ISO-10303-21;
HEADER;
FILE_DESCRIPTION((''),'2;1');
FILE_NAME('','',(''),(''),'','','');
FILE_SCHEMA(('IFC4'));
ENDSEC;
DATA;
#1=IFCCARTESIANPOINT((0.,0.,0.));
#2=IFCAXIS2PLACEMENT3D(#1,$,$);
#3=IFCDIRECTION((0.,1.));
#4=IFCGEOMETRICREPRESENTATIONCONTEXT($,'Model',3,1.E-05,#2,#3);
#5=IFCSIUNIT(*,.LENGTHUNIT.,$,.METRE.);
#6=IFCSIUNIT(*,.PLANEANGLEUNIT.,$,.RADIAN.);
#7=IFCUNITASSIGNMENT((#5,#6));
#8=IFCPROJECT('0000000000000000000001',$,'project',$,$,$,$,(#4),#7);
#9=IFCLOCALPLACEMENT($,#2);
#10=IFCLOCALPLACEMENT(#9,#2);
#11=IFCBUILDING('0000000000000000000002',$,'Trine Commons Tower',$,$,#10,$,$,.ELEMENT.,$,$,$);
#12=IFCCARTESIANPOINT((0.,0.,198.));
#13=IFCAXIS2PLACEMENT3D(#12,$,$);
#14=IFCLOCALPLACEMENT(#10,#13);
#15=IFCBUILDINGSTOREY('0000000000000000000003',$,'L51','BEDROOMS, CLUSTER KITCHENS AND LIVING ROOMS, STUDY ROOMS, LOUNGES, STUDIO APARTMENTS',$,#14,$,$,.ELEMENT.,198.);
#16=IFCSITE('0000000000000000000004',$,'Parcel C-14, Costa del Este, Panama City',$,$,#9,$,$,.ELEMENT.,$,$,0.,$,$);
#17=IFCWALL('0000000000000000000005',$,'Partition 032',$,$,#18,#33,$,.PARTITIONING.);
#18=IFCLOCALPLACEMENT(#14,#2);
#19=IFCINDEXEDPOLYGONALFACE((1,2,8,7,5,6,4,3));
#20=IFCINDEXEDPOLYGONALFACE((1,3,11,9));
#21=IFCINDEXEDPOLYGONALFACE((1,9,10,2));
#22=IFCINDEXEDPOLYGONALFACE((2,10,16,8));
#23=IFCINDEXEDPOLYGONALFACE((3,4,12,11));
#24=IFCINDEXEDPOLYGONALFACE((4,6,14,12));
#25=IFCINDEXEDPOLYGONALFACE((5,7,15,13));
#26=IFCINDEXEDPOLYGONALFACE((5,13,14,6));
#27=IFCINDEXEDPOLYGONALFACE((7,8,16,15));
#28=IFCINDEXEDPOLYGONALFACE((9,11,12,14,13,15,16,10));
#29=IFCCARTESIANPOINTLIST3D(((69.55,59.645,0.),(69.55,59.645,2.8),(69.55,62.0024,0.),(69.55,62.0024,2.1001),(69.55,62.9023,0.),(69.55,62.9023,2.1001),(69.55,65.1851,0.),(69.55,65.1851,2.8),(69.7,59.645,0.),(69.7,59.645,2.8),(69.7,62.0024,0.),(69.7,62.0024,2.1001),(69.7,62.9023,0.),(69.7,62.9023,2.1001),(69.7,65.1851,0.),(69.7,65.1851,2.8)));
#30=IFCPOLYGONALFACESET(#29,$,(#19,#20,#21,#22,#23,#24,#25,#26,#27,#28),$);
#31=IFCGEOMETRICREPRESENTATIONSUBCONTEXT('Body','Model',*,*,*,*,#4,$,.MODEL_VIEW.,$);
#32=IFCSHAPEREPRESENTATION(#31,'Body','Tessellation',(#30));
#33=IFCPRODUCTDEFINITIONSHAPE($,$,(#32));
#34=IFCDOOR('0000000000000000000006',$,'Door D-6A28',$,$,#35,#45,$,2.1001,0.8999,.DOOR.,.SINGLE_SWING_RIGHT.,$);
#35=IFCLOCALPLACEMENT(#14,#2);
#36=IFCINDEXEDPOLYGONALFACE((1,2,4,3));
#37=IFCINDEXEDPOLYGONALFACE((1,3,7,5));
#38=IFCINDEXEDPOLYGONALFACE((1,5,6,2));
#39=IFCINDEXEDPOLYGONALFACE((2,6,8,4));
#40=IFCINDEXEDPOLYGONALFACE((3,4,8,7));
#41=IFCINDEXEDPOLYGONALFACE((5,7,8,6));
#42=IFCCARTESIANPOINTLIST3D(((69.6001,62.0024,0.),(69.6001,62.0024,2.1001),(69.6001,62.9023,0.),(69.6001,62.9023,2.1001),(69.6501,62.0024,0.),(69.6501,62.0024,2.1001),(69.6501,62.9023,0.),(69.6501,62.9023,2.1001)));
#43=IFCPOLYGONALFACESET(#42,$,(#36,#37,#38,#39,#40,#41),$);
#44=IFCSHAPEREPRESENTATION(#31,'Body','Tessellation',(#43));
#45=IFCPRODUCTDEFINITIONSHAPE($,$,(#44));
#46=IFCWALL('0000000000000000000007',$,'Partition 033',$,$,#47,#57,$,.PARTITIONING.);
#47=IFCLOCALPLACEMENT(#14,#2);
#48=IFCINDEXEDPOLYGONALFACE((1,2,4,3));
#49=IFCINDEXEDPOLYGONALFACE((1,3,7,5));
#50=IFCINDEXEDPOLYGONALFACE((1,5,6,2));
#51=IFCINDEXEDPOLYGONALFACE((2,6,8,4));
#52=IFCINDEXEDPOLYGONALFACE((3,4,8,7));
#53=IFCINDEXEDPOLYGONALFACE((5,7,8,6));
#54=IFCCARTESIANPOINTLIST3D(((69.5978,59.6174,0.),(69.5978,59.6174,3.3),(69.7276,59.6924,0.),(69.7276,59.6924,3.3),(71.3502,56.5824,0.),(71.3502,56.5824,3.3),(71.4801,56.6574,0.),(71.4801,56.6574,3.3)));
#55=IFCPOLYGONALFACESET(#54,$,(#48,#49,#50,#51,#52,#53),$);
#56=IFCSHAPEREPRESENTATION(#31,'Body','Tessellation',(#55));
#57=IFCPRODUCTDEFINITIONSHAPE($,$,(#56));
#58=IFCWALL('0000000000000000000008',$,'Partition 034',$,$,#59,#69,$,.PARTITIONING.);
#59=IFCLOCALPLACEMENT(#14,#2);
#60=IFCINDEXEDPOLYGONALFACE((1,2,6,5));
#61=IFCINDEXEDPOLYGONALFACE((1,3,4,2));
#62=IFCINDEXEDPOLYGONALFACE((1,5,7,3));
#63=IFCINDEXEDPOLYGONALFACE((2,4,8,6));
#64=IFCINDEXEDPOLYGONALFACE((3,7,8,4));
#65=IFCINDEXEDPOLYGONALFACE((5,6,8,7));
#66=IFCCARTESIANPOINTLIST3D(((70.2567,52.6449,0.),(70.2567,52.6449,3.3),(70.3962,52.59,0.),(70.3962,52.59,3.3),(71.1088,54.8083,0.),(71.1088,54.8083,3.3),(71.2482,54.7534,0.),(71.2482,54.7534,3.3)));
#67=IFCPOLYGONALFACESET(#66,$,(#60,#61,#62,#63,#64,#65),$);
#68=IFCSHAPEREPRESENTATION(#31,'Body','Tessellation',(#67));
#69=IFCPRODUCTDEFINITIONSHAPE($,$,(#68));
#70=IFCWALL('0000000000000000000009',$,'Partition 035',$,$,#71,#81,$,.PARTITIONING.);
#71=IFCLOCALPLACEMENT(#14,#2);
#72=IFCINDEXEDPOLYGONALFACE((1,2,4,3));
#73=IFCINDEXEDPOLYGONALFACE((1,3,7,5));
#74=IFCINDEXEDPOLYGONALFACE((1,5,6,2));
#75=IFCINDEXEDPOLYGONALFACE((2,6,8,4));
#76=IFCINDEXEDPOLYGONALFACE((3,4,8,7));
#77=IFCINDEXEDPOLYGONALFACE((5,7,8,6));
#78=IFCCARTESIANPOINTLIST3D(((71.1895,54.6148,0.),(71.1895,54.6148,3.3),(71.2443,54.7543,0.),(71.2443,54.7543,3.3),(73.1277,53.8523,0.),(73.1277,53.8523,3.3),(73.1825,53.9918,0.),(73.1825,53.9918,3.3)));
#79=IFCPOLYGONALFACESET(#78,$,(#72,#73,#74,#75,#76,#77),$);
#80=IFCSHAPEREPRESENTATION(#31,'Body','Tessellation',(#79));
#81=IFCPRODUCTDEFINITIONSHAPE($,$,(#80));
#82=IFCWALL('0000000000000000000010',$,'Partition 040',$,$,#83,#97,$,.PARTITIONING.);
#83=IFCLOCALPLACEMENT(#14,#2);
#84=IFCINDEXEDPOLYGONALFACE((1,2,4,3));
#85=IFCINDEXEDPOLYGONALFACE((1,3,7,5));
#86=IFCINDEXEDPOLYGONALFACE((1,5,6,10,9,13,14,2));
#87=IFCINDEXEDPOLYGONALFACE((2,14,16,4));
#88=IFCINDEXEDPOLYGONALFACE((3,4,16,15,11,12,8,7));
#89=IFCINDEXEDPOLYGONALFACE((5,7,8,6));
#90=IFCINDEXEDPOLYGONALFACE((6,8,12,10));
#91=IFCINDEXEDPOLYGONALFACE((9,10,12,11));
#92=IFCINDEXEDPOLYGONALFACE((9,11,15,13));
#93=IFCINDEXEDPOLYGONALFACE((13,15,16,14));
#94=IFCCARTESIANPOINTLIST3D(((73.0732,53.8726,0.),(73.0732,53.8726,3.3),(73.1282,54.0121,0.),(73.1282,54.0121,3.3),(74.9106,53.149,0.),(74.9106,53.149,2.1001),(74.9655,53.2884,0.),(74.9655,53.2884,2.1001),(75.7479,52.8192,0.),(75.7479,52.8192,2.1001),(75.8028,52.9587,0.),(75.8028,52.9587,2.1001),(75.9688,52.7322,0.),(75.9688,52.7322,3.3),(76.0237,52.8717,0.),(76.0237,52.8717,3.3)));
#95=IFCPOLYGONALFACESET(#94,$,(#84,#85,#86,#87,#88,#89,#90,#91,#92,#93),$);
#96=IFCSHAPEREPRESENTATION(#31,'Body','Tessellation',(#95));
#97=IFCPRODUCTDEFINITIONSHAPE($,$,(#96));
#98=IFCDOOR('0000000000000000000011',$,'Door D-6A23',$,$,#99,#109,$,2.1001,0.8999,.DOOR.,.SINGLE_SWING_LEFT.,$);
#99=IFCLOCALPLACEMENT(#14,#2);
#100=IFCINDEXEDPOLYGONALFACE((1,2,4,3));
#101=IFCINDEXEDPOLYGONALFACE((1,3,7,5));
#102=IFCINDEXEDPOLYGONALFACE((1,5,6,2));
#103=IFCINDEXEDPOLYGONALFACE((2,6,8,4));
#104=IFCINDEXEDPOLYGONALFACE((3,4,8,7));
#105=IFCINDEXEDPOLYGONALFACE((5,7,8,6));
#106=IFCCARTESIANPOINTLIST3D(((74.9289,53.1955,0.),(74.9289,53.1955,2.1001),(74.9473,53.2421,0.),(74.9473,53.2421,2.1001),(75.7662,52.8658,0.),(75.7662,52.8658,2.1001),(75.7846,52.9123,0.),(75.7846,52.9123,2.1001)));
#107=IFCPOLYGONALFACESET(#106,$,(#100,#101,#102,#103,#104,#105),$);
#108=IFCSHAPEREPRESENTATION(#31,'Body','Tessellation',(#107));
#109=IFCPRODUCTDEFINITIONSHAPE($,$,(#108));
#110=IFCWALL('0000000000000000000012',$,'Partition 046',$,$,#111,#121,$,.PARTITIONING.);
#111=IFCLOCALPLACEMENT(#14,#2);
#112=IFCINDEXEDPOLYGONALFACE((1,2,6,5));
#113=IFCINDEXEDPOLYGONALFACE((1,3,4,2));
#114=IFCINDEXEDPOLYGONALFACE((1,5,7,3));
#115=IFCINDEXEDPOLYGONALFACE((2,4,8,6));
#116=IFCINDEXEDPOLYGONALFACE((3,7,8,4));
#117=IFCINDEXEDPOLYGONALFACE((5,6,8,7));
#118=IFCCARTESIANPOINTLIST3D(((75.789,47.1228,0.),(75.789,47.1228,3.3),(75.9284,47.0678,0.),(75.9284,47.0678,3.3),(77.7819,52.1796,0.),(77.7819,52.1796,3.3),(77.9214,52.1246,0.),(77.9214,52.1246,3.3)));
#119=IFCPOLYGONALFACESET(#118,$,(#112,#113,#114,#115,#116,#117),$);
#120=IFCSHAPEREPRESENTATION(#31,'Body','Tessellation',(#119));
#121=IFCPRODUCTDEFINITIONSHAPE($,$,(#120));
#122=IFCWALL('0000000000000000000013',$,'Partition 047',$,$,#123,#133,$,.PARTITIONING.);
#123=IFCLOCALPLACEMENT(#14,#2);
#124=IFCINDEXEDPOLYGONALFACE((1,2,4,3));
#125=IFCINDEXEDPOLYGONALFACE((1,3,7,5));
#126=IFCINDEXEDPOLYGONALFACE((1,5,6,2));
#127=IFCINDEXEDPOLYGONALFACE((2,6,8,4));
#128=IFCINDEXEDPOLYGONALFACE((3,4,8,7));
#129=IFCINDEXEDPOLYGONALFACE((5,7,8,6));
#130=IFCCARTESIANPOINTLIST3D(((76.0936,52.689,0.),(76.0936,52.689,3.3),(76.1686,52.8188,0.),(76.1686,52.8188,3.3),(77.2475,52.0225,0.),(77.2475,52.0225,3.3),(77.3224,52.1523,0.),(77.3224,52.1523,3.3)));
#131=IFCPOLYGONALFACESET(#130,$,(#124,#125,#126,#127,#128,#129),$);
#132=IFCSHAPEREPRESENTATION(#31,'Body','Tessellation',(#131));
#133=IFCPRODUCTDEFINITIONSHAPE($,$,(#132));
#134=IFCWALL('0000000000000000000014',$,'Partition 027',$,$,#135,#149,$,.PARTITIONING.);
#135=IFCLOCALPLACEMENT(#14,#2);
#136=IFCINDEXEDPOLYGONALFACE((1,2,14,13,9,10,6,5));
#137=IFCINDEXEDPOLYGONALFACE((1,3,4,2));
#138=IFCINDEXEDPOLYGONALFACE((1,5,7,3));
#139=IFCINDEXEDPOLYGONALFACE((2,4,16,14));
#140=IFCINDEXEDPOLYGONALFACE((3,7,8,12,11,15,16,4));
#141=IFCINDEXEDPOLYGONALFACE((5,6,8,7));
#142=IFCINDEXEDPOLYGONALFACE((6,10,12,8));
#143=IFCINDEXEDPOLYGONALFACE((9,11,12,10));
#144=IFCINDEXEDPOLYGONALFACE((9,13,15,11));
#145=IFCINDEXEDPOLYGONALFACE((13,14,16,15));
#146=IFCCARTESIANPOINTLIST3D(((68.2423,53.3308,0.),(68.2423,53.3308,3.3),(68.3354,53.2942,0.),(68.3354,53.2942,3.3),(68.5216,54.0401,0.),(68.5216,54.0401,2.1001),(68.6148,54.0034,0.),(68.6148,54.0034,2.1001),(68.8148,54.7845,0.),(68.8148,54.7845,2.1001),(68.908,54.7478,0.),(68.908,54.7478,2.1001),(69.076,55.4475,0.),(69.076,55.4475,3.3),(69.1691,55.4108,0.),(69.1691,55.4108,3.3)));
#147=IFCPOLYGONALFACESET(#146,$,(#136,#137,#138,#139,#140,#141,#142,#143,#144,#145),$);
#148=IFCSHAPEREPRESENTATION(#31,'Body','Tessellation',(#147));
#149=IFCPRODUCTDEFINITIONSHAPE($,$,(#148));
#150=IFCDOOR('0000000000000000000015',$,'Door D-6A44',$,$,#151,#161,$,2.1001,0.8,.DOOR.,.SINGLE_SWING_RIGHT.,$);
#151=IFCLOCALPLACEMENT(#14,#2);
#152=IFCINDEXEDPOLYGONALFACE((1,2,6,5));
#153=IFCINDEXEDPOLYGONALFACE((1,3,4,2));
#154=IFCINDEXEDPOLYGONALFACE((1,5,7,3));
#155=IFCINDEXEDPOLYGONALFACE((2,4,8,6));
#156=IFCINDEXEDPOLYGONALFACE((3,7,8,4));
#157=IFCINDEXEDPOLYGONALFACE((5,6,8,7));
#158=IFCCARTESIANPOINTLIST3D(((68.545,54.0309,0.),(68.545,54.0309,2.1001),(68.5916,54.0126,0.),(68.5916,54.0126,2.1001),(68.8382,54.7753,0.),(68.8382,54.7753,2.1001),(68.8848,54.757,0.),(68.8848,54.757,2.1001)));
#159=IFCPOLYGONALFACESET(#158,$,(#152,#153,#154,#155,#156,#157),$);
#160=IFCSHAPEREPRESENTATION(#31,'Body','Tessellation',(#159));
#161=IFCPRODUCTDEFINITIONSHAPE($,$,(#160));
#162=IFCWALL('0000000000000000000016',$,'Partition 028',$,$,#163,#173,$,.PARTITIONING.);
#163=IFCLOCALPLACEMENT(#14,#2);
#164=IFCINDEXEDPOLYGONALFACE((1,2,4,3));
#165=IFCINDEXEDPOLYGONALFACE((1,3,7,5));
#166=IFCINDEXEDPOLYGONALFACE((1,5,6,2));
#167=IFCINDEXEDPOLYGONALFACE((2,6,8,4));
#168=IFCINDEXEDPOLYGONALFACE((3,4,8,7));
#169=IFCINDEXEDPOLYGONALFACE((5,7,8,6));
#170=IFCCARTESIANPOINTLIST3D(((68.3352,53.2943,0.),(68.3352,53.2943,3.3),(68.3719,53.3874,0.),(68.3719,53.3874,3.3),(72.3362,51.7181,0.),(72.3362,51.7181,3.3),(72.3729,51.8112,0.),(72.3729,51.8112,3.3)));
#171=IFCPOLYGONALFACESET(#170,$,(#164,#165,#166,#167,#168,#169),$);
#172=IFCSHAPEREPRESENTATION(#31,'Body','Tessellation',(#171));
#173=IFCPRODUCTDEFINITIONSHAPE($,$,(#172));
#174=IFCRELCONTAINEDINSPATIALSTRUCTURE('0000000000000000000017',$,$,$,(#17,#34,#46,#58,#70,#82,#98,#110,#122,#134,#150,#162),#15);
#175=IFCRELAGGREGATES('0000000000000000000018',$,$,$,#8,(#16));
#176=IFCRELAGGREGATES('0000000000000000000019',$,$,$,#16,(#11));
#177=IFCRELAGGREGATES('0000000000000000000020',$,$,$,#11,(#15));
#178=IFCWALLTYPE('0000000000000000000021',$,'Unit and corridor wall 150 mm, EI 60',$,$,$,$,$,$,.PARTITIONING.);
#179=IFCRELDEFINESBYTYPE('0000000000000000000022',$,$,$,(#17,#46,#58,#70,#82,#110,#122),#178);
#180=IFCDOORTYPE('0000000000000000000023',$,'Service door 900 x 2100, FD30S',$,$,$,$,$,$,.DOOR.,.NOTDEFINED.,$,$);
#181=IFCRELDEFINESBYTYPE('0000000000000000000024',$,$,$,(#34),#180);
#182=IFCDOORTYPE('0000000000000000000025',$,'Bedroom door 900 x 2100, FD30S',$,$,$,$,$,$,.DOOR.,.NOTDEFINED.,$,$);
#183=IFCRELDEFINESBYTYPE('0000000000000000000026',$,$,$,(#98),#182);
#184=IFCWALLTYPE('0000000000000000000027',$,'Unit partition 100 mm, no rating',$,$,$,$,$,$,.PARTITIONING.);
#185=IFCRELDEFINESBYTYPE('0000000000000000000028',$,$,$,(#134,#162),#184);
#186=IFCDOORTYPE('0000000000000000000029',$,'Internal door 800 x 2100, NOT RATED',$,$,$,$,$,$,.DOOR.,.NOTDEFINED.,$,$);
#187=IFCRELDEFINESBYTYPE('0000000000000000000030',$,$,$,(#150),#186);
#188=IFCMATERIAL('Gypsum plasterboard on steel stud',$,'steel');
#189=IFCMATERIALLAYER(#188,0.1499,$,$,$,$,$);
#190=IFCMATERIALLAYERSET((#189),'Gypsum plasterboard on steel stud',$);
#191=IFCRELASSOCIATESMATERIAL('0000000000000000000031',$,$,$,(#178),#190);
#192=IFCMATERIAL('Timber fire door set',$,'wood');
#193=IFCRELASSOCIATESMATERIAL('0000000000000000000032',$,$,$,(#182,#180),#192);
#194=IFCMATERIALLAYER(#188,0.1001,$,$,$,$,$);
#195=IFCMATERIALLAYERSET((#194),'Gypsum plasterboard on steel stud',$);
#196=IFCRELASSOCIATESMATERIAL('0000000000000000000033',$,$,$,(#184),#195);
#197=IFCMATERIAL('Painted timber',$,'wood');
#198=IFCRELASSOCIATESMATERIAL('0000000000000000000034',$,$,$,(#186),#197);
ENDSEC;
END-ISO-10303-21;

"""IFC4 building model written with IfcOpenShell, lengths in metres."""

from ifc_helpers import new_model, si_unit, direction, frame, frame_2d, origin, place, context, subcontext, project, spatial, rectangle, extrude, material, layer, layer_set, type_object, element, fill, save


model = new_model("IFC4")

# Units and contexts
model_context = context("Model", 3, precision=1e-05, world=origin(), true_north=direction((0.0, 1.0)))
body_context = subcontext(model_context, "Body", "Model", "MODEL_VIEW")
ifc_project = project(units=[si_unit("LENGTHUNIT", "METRE"), si_unit("PLANEANGLEUNIT", "RADIAN")], contexts=[model_context])

# Site, building, storey
site_placement = place(None, origin())
site = spatial("IfcSite", under=ifc_project, at=site_placement, Name="Parcel C-14, Costa del Este, Panama City", CompositionType="ELEMENT", RefElevation=0.0)
building_placement = place(site_placement, origin())
building = spatial("IfcBuilding", under=site, at=building_placement, Name="Trine Commons Tower", CompositionType="ELEMENT")
storey_placement = place(building_placement, frame((0.0, 0.0, 198.0)))
storey = spatial("IfcBuildingStorey", under=building, at=storey_placement, Name="L51", Description="BEDROOMS, CLUSTER KITCHENS AND LIVING ROOMS, STUDY ROOMS, LOUNGES, STUDIO APARTMENTS", CompositionType="ELEMENT", Elevation=198.0)

# Shared definitions
ifc_material_1 = material(Name="Gypsum plasterboard on steel stud", Category="steel")
ifc_layer_1 = layer(ifc_material_1, 0.1499)
ifc_layer_set_1 = layer_set([ifc_layer_1], Name="Gypsum plasterboard on steel stud")
wall_type_1 = type_object("IfcWallType", Name="Unit and corridor wall 150 mm, EI 60", PredefinedType="PARTITIONING", material=ifc_layer_set_1)

# Shared definitions
ifc_material_2 = material(Name="Timber fire door set", Category="wood")
door_type_1 = type_object("IfcDoorType", Name="Bedroom door 900 x 2100, FD30S", OperationType="NOTDEFINED", PredefinedType="DOOR", material=ifc_material_2)

# Wall, opening, door
wall_1_placement = place(storey_placement, frame((69.625, 59.645, 0.0), z_axis=(0.0, 0.0, 1.0), x_axis=(0.0, 1.0, 0.0)))
wall_1 = element("IfcWall", 1, at=wall_1_placement, inside=storey, type_object=wall_type_1, Name="Partition 032", PredefinedType="PARTITIONING", context=body_context, shape_type="SweptSolid", body=[
    extrude(rectangle(XDim=5.54, YDim=0.1499, at=frame_2d((2.77, 0.0))), origin(), (0.0, 0.0, 1.0), 2.8),
])
opening_1_placement = place(wall_1_placement, frame((2.3574, 0.0, 0.0)))
opening_1 = element("IfcOpeningElement", 2, at=opening_1_placement, cuts=wall_1, PredefinedType="OPENING", context=body_context, shape_type="SweptSolid", body=[
    extrude(rectangle(XDim=0.8999, YDim=2.1001, at=frame_2d((0.45, 1.05))), frame((0.0, 0.085, 0.0), z_axis=(0.0, -1.0, 0.0), x_axis=(1.0, 0.0, 0.0)), (0.0, 0.0, 1.0), 0.1699),
])
door_type_2 = type_object("IfcDoorType", Name="Service door 900 x 2100, FD30S", OperationType="NOTDEFINED", PredefinedType="DOOR", material=ifc_material_2)
door_1_placement = place(opening_1_placement, origin())
door_1 = element("IfcDoor", 3, at=door_1_placement, inside=storey, type_object=door_type_2, Name="Door D-6A28", OperationType="SINGLE_SWING_RIGHT", OverallHeight=2.1001, OverallWidth=0.8999, PredefinedType="DOOR", context=body_context, shape_type="SweptSolid", body=[
    extrude(rectangle(XDim=0.8999, YDim=2.1001, at=frame_2d((0.45, 1.05))), frame((0.0, 0.0249, 0.0), z_axis=(0.0, -1.0, 0.0), x_axis=(1.0, 0.0, 0.0)), (0.0, 0.0, 1.0), 0.05),
])
fill(opening_1, door_1)

# Walls
wall_2_placement = place(storey_placement, frame((69.6626, 59.655, 0.0), z_axis=(0.0, 0.0, 1.0), x_axis=(0.50005, -0.865996, 0.0)))
element("IfcWall", 4, at=wall_2_placement, inside=storey, type_object=wall_type_1, Name="Partition 033", PredefinedType="PARTITIONING", context=body_context, shape_type="SweptSolid", body=[
    extrude(rectangle(XDim=3.5046, YDim=0.1499, at=frame_2d((1.7524, 0.0))), origin(), (0.0, 0.0, 1.0), 3.3),
])
wall_3_placement = place(storey_placement, frame((70.3264, 52.6174, 0.0), z_axis=(0.0, 0.0, 1.0), x_axis=(0.366461, 0.930433, 0.0)))
element("IfcWall", 5, at=wall_3_placement, inside=storey, type_object=wall_type_1, Name="Partition 034", PredefinedType="PARTITIONING", context=body_context, shape_type="SweptSolid", body=[
    extrude(rectangle(XDim=2.3252, YDim=0.1499, at=frame_2d((1.1626, 0.0))), origin(), (0.0, 0.0, 1.0), 3.3),
])
wall_4_placement = place(storey_placement, frame((71.2168, 54.6846, 0.0), z_axis=(0.0, 0.0, 1.0), x_axis=(0.930588, -0.366069, 0.0)))
element("IfcWall", 6, at=wall_4_placement, inside=storey, type_object=wall_type_1, Name="Partition 035", PredefinedType="PARTITIONING", context=body_context, shape_type="SweptSolid", body=[
    extrude(rectangle(XDim=2.0828, YDim=0.1499, at=frame_2d((1.0415, 0.0))), origin(), (0.0, 0.0, 1.0), 3.3),
])

# Wall, opening, door
wall_5_placement = place(storey_placement, frame((73.1006, 53.9424, 0.0), z_axis=(0.0, 0.0, 1.0), x_axis=(0.930438, -0.366448, 0.0)))
wall_5 = element("IfcWall", 7, at=wall_5_placement, inside=storey, type_object=wall_type_1, Name="Partition 040", PredefinedType="PARTITIONING", context=body_context, shape_type="SweptSolid", body=[
    extrude(rectangle(XDim=3.1121, YDim=0.1499, at=frame_2d((1.5562, 0.0))), origin(), (0.0, 0.0, 1.0), 3.3),
])
opening_2_placement = place(wall_5_placement, frame((1.9749, 0.0, 0.0)))
opening_2 = element("IfcOpeningElement", 8, at=opening_2_placement, cuts=wall_5, PredefinedType="OPENING", context=body_context, shape_type="SweptSolid", body=[
    extrude(rectangle(XDim=0.8999, YDim=2.1001, at=frame_2d((0.45, 1.05))), frame((0.0, 0.085, 0.0), z_axis=(0.0, -1.0, 0.0), x_axis=(1.0, 0.0, 0.0)), (0.0, 0.0, 1.0), 0.1699),
])
door_2_placement = place(opening_2_placement, frame((0.8999, 0.0, 0.0), z_axis=(0.0, 0.0, 1.0), x_axis=(-1.0, 0.0, 0.0)))
door_2 = element("IfcDoor", 9, at=door_2_placement, inside=storey, type_object=door_type_1, Name="Door D-6A23", OperationType="SINGLE_SWING_LEFT", OverallHeight=2.1001, OverallWidth=0.8999, PredefinedType="DOOR", context=body_context, shape_type="SweptSolid", body=[
    extrude(rectangle(XDim=0.8999, YDim=2.1001, at=frame_2d((0.45, 1.05))), frame((0.0, 0.0249, 0.0), z_axis=(0.0, -1.0, 0.0), x_axis=(1.0, 0.0, 0.0)), (0.0, 0.0, 1.0), 0.05),
])
fill(opening_2, door_2)

# Walls
wall_6_placement = place(storey_placement, frame((75.8586, 47.0952, 0.0), z_axis=(0.0, 0.0, 1.0), x_axis=(0.366669, 0.930351, 0.0)))
element("IfcWall", 10, at=wall_6_placement, inside=storey, type_object=wall_type_1, Name="Partition 046", PredefinedType="PARTITIONING", context=body_context, shape_type="SweptSolid", body=[
    extrude(rectangle(XDim=5.4353, YDim=0.1499, at=frame_2d((2.7178, 0.0))), origin(), (0.0, 0.0, 1.0), 3.3),
])
wall_7_placement = place(storey_placement, frame((76.1311, 52.7539, 0.0), z_axis=(0.0, 0.0, 1.0), x_axis=(0.865911, -0.500198, 0.0)))
element("IfcWall", 11, at=wall_7_placement, inside=storey, type_object=wall_type_1, Name="Partition 047", PredefinedType="PARTITIONING", context=body_context, shape_type="SweptSolid", body=[
    extrude(rectangle(XDim=1.3325, YDim=0.1499, at=frame_2d((0.6663, 0.0))), origin(), (0.0, 0.0, 1.0), 3.3),
])

# Wall, opening, door
ifc_layer_2 = layer(ifc_material_1, 0.1001)
ifc_layer_set_2 = layer_set([ifc_layer_2], Name="Gypsum plasterboard on steel stud")
wall_type_2 = type_object("IfcWallType", Name="Unit partition 100 mm, no rating", PredefinedType="PARTITIONING", material=ifc_layer_set_2)
wall_8_placement = place(storey_placement, frame((68.2888, 53.3125, 0.0), z_axis=(0.0, 0.0, 1.0), x_axis=(0.366482, 0.930425, 0.0)))
wall_8 = element("IfcWall", 12, at=wall_8_placement, inside=storey, type_object=wall_type_2, Name="Partition 027", PredefinedType="PARTITIONING", context=body_context, shape_type="SweptSolid", body=[
    extrude(rectangle(XDim=2.2749, YDim=0.1001, at=frame_2d((1.1375, 0.0))), origin(), (0.0, 0.0, 1.0), 3.3),
])
opening_3_placement = place(wall_8_placement, frame((0.7625, 0.0, 0.0)))
opening_3 = element("IfcOpeningElement", 13, at=opening_3_placement, cuts=wall_8, PredefinedType="OPENING", context=body_context, shape_type="SweptSolid", body=[
    extrude(rectangle(XDim=0.8, YDim=2.1001, at=frame_2d((0.3999, 1.05))), frame((0.0, 0.0601, 0.0), z_axis=(0.0, -1.0, 0.0), x_axis=(1.0, 0.0, 0.0)), (0.0, 0.0, 1.0), 0.1201),
])
ifc_material_3 = material(Name="Painted timber", Category="wood")
door_type_3 = type_object("IfcDoorType", Name="Internal door 800 x 2100, NOT RATED", OperationType="NOTDEFINED", PredefinedType="DOOR", material=ifc_material_3)
door_3_placement = place(opening_3_placement, origin())
door_3 = element("IfcDoor", 14, at=door_3_placement, inside=storey, type_object=door_type_3, Name="Door D-6A44", OperationType="SINGLE_SWING_RIGHT", OverallHeight=2.1001, OverallWidth=0.8, PredefinedType="DOOR", context=body_context, shape_type="SweptSolid", body=[
    extrude(rectangle(XDim=0.8, YDim=2.1001, at=frame_2d((0.3999, 1.05))), frame((0.0, 0.0249, 0.0), z_axis=(0.0, -1.0, 0.0), x_axis=(1.0, 0.0, 0.0)), (0.0, 0.0, 1.0), 0.05),
])
fill(opening_3, door_3)

# Wall
wall_9_placement = place(storey_placement, frame((68.3535, 53.3408, 0.0), z_axis=(0.0, 0.0, 1.0), x_axis=(0.930406, -0.36653, 0.0)))
element("IfcWall", 15, at=wall_9_placement, inside=storey, type_object=wall_type_2, Name="Partition 028", PredefinedType="PARTITIONING", context=body_context, shape_type="SweptSolid", body=[
    extrude(rectangle(XDim=4.3003, YDim=0.1001, at=frame_2d((2.1501, 0.0))), origin(), (0.0, 0.0, 1.0), 3.3),
])

save(model, "model.ifc")
